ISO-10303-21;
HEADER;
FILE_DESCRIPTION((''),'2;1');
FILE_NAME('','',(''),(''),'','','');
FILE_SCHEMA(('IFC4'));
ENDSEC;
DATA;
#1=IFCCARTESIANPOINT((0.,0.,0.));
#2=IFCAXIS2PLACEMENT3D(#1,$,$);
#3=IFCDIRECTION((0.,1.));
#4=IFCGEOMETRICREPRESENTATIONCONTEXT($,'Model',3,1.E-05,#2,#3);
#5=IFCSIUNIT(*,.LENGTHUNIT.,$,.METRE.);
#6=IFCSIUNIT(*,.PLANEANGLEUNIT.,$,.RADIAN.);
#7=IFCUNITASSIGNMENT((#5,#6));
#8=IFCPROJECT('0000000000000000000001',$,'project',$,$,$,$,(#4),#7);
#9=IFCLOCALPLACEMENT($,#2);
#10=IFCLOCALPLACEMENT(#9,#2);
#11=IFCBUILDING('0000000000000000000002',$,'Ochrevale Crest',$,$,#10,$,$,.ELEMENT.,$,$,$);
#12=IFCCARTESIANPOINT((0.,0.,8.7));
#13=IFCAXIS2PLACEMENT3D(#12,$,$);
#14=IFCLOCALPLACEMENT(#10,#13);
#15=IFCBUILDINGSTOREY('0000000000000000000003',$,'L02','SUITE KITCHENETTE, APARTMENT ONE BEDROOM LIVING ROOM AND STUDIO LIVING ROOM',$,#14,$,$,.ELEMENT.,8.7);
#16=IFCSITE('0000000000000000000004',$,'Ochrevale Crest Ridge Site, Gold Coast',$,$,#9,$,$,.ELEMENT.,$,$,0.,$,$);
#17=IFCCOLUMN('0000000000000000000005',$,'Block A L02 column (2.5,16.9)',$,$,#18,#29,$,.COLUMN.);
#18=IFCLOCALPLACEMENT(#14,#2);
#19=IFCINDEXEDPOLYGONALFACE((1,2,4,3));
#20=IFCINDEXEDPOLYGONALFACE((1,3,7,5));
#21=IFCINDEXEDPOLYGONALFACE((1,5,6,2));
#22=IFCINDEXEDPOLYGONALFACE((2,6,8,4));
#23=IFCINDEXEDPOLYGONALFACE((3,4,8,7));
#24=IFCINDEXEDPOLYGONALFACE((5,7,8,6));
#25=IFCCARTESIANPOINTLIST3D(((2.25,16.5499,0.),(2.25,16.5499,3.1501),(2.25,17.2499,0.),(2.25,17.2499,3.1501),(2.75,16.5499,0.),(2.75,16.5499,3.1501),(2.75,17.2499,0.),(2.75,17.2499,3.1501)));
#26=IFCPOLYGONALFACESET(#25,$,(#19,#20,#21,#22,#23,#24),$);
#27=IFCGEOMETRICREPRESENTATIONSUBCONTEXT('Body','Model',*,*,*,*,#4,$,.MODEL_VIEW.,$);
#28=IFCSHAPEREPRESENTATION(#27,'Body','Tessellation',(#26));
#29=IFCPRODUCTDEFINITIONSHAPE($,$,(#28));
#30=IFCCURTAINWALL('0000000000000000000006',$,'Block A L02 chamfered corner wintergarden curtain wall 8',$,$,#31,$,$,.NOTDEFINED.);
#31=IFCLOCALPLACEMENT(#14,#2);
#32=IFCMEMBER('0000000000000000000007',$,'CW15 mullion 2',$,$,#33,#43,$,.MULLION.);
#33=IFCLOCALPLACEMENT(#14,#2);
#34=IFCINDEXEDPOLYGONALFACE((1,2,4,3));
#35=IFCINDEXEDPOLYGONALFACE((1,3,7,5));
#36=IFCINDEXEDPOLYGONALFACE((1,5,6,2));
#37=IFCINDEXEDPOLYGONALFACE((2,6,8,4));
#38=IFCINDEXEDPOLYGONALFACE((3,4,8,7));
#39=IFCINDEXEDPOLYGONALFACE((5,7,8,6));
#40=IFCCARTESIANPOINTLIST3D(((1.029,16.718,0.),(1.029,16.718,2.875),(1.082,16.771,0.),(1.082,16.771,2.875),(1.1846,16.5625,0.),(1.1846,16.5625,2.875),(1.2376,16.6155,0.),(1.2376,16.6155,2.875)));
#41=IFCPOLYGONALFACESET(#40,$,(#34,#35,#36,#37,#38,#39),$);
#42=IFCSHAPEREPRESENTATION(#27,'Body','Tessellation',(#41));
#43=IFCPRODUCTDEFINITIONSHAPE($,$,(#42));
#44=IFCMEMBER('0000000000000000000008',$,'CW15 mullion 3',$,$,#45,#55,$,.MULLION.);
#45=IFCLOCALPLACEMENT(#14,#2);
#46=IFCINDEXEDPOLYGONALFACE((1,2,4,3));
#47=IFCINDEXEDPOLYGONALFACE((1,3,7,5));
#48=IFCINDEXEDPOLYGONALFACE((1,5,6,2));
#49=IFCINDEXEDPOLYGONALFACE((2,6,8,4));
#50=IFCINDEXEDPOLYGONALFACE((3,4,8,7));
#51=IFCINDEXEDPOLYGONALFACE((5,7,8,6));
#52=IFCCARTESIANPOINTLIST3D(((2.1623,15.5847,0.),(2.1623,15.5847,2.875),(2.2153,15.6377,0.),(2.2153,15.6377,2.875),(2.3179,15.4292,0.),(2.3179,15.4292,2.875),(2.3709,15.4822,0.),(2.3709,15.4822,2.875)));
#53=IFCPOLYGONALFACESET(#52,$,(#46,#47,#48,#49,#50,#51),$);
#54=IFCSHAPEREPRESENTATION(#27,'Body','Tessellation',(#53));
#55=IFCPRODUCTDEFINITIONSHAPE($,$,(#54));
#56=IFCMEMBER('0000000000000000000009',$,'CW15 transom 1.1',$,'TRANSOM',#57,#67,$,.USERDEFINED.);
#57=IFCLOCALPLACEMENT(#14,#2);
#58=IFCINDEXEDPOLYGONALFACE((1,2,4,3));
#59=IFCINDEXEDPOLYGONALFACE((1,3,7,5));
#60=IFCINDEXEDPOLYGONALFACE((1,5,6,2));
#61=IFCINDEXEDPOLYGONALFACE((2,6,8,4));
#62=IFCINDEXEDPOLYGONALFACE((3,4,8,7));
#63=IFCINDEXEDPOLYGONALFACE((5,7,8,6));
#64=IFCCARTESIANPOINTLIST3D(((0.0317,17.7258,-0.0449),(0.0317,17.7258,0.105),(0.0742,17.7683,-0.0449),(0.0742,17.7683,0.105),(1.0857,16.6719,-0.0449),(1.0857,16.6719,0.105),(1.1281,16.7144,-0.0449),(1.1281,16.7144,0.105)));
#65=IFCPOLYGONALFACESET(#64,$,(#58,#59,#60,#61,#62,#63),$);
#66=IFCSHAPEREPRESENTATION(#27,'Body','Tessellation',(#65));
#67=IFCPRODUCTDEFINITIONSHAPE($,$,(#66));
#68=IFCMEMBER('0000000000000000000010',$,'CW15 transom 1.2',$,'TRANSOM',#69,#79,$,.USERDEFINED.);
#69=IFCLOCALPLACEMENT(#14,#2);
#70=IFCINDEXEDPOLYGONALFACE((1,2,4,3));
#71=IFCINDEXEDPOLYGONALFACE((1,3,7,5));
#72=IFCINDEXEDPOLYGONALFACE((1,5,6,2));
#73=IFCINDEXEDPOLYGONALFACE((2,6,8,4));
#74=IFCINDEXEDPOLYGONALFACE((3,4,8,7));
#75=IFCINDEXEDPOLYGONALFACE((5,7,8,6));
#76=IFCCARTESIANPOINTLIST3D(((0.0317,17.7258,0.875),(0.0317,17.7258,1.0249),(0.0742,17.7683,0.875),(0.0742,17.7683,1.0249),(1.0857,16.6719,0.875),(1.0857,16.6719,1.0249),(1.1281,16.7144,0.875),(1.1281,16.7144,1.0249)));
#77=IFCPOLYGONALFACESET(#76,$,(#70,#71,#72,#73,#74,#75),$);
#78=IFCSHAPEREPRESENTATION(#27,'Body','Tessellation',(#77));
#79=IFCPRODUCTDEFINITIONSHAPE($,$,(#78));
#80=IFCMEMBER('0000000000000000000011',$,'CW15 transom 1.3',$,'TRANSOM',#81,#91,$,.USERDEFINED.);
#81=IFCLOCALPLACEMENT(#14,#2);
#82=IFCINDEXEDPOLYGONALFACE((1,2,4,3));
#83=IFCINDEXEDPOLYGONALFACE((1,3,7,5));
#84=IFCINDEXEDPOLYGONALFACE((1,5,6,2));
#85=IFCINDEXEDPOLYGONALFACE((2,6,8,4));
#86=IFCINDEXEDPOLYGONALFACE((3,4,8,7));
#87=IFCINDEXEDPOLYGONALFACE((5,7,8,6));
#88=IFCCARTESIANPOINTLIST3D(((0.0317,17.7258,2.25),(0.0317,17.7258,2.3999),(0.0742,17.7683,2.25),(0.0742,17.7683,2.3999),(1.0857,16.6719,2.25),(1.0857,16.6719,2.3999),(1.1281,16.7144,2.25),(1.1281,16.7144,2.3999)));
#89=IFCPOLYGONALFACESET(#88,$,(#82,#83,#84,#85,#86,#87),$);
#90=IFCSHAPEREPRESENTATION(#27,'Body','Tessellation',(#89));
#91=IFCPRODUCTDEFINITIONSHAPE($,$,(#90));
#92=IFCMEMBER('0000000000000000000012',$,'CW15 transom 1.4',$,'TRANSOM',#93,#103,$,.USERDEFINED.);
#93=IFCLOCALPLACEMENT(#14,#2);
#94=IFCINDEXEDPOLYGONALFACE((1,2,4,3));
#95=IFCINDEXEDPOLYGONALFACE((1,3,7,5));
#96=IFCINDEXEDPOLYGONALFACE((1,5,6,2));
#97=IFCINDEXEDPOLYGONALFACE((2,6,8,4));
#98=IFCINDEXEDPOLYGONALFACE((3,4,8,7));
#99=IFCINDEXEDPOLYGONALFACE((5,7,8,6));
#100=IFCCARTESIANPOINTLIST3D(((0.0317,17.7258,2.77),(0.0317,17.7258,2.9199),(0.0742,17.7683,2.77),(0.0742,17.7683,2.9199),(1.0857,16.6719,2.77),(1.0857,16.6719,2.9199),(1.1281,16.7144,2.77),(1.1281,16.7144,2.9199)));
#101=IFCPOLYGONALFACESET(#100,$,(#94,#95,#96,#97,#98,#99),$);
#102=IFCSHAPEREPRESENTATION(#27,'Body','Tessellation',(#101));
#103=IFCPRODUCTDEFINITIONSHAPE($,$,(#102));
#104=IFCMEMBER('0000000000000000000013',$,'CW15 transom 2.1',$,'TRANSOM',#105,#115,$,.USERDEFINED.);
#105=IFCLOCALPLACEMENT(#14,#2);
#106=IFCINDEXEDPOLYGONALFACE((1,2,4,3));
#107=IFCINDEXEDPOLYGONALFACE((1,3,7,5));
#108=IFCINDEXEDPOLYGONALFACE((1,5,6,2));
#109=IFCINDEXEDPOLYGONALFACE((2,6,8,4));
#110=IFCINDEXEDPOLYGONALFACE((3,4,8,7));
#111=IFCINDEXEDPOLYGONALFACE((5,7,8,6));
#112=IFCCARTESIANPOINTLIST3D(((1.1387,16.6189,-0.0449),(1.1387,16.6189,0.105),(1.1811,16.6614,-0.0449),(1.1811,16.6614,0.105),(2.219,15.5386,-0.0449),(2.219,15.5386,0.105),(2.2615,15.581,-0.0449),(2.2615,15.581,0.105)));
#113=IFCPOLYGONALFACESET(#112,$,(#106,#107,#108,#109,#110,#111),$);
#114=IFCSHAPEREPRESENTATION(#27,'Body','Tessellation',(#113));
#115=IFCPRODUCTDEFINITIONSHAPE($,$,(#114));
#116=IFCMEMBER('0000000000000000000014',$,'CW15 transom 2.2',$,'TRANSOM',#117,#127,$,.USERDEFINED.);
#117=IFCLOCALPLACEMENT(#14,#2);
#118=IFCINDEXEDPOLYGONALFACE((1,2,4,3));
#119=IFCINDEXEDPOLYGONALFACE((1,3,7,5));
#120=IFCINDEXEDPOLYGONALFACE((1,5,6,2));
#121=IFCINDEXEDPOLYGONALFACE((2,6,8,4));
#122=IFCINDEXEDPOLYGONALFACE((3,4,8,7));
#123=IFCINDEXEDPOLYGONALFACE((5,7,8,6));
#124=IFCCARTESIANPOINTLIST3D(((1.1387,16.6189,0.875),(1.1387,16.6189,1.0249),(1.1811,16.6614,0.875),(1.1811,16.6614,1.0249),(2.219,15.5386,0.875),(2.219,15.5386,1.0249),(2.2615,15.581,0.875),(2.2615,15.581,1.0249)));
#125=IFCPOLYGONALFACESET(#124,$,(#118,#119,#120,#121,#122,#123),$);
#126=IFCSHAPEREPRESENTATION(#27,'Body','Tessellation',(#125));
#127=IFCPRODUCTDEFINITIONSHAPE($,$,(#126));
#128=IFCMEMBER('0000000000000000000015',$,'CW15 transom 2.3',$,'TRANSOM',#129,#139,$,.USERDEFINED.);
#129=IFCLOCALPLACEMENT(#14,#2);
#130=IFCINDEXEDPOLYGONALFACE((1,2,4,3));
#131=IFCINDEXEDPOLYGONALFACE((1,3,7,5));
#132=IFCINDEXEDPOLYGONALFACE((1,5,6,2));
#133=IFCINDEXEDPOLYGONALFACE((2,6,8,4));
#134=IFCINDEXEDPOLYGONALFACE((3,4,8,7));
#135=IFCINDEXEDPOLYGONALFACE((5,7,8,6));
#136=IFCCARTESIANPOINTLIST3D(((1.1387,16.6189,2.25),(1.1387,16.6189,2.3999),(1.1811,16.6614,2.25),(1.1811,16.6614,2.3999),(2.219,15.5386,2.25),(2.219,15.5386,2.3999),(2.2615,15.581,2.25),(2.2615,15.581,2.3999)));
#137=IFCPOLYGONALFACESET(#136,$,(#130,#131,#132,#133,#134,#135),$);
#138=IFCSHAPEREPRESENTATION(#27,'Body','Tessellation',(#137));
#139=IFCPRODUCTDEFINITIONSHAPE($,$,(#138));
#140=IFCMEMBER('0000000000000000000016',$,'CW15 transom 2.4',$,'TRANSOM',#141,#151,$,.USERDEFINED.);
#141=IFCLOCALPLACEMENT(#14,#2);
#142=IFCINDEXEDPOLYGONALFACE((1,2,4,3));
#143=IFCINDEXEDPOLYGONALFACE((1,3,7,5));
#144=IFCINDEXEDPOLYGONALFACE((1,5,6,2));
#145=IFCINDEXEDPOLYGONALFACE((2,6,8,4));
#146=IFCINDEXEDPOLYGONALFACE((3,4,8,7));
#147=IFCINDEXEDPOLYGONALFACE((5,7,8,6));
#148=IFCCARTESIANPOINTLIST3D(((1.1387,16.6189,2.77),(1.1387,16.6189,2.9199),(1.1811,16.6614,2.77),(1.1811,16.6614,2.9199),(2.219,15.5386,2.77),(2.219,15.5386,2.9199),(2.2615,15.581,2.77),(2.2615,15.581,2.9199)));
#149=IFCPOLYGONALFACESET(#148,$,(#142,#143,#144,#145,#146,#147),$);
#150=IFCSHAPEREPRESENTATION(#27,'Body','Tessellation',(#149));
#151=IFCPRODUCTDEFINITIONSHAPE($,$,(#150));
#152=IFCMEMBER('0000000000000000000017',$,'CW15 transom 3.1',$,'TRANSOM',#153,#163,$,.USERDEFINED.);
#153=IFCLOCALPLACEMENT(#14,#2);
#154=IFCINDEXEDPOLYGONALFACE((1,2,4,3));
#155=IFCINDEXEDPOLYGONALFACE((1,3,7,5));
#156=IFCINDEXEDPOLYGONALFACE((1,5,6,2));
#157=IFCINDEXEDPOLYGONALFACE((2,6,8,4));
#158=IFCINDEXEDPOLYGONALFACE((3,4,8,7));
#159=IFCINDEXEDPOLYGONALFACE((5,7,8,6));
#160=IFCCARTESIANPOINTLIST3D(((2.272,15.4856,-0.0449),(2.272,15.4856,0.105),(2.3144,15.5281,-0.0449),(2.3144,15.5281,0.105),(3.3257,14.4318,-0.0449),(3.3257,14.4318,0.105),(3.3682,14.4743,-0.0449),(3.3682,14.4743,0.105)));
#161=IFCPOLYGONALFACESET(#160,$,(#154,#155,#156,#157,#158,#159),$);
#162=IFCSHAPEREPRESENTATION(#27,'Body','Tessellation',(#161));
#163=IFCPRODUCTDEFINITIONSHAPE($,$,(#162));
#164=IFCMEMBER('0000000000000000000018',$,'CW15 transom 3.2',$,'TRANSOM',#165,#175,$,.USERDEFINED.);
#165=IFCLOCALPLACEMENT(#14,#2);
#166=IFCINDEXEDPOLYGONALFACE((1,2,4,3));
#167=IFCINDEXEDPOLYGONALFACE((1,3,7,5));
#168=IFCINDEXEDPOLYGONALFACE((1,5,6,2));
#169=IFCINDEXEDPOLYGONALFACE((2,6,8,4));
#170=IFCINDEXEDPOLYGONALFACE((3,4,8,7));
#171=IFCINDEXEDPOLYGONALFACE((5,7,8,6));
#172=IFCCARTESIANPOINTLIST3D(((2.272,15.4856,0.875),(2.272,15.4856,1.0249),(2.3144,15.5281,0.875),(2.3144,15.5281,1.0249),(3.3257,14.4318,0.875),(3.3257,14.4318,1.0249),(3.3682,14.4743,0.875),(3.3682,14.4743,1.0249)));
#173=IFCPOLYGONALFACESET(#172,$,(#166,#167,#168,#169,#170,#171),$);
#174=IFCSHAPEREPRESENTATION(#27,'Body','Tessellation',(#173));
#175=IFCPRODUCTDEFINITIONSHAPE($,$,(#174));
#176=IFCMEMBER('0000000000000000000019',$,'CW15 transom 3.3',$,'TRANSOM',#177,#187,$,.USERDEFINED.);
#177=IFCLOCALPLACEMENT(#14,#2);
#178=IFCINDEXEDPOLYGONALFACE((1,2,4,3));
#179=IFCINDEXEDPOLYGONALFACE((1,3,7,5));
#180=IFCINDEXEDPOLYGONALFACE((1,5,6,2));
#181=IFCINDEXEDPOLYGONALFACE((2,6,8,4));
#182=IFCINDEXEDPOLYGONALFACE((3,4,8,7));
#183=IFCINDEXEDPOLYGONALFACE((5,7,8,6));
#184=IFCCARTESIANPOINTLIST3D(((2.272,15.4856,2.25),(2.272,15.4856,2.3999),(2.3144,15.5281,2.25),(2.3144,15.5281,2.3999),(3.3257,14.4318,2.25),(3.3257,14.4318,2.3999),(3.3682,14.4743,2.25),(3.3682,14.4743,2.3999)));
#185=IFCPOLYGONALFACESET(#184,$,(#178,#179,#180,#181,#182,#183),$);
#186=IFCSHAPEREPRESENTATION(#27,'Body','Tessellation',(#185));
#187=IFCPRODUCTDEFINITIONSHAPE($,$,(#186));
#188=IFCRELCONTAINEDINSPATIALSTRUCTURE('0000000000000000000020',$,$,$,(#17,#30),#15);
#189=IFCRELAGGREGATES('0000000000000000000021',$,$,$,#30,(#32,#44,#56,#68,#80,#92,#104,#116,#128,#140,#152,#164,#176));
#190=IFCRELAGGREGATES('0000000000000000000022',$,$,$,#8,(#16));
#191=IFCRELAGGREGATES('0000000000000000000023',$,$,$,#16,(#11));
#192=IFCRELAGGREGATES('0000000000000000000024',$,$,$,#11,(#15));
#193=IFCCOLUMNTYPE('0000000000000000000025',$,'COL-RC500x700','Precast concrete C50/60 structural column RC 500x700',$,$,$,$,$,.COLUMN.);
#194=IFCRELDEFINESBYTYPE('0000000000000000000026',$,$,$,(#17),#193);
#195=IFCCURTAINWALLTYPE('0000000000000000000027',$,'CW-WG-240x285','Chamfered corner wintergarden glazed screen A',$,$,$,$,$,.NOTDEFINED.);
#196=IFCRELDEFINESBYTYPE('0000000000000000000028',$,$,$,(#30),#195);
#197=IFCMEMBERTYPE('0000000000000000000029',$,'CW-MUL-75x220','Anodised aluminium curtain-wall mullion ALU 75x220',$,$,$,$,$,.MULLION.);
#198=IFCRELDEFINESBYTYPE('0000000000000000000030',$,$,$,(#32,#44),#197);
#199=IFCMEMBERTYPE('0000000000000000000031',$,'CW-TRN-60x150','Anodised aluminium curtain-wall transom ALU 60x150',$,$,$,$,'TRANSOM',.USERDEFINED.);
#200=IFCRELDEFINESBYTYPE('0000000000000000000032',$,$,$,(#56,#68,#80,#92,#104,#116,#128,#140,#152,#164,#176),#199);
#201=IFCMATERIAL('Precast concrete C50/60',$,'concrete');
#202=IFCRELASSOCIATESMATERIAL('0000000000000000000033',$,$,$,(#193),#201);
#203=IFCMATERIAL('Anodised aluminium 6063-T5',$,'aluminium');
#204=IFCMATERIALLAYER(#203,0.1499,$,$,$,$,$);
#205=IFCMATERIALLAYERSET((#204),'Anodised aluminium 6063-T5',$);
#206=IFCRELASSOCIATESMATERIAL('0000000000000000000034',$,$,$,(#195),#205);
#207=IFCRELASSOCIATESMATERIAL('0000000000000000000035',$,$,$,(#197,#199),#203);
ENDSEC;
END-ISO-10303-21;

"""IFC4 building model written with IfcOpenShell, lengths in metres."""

from ifc_helpers import new_model, si_unit, direction, frame, origin, origin_2d, place, context, subcontext, project, spatial, rectangle, extrude, material, layer, layer_set, material_profile, profile_set, type_object, element, aggregate, save


model = new_model("IFC4")

# Units and contexts
model_context = context("Model", 3, precision=1e-05, world=origin(), true_north=direction((0.0, 1.0)))
body_context = subcontext(model_context, "Body", "Model", "MODEL_VIEW")
ifc_project = project(units=[si_unit("LENGTHUNIT", "METRE"), si_unit("PLANEANGLEUNIT", "RADIAN")], contexts=[model_context])

# Site, building, storey
site_placement = place(None, origin())
site = spatial("IfcSite", under=ifc_project, at=site_placement, Name="Ochrevale Crest Ridge Site, Gold Coast", CompositionType="ELEMENT", RefElevation=0.0)
building_placement = place(site_placement, origin())
building = spatial("IfcBuilding", under=site, at=building_placement, Name="Ochrevale Crest", CompositionType="ELEMENT")
storey_placement = place(building_placement, frame((0.0, 0.0, 8.7)))
storey = spatial("IfcBuildingStorey", under=building, at=storey_placement, Name="L02", Description="SUITE KITCHENETTE, APARTMENT ONE BEDROOM LIVING ROOM AND STUDIO LIVING ROOM", CompositionType="ELEMENT", Elevation=8.7)

# Column
ifc_material_1 = material(Name="Precast concrete C50/60", Category="concrete")
ifc_material_profile_1 = material_profile(ifc_material_1, rectangle(XDim=0.5, YDim=0.7, at=origin_2d()), Name="RC 500x700")
ifc_profile_set_1 = profile_set([ifc_material_profile_1], Name="Precast concrete C50/60")
column_type = type_object("IfcColumnType", Name="COL-RC500x700", Description="Precast concrete C50/60 structural column RC 500x700", PredefinedType="COLUMN", material=ifc_profile_set_1)
column_placement = place(storey_placement, frame((2.5, 16.8999, 0.0), z_axis=(0.0, 0.0, 1.0), x_axis=(1.0, 0.0, 0.0)))
element("IfcColumn", 1, at=column_placement, inside=storey, type_object=column_type, Name="Block A L02 column (2.5,16.9)", PredefinedType="COLUMN", context=body_context, shape_type="SweptSolid", body=[
    extrude(rectangle(XDim=0.5, YDim=0.7, at=origin_2d()), origin(), (0.0, 0.0, 1.0), 3.1501),
])

# Curtain wall, members
ifc_material_2 = material(Name="Anodised aluminium 6063-T5", Category="aluminium")
ifc_layer_1 = layer(ifc_material_2, 0.1499)
ifc_layer_set_1 = layer_set([ifc_layer_1], Name="Anodised aluminium 6063-T5")
curtain_wall_type = type_object("IfcCurtainWallType", Name="CW-WG-240x285", Description="Chamfered corner wintergarden glazed screen A", PredefinedType="NOTDEFINED", material=ifc_layer_set_1)
curtain_wall_placement = place(storey_placement, origin())
curtain_wall = element("IfcCurtainWall", 2, at=curtain_wall_placement, inside=storey, type_object=curtain_wall_type, Name="Block A L02 chamfered corner wintergarden curtain wall 8", PredefinedType="NOTDEFINED")
ifc_material_profile_2 = material_profile(ifc_material_2, rectangle(XDim=0.075, YDim=0.22, at=origin_2d()), Name="ALU 75x220")
ifc_profile_set_2 = profile_set([ifc_material_profile_2], Name="Anodised aluminium 6063-T5")
member_type_1 = type_object("IfcMemberType", Name="CW-MUL-75x220", Description="Anodised aluminium curtain-wall mullion ALU 75x220", PredefinedType="MULLION", material=ifc_profile_set_2)
member_1_placement = place(storey_placement, frame((1.1333, 16.6667, 0.0), z_axis=(0.0, 0.0, 1.0), x_axis=(0.707107, 0.707107, 0.0)))
member_1 = element("IfcMember", 3, at=member_1_placement, type_object=member_type_1, Name="CW15 mullion 2", PredefinedType="MULLION", context=body_context, shape_type="SweptSolid", body=[
    extrude(rectangle(XDim=0.075, YDim=0.22, at=origin_2d()), origin(), (0.0, 0.0, 1.0), 2.875),
])
member_2_placement = place(storey_placement, frame((2.2666, 15.5334, 0.0), z_axis=(0.0, 0.0, 1.0), x_axis=(0.707107, 0.707107, 0.0)))
member_2 = element("IfcMember", 4, at=member_2_placement, type_object=member_type_1, Name="CW15 mullion 3", PredefinedType="MULLION", context=body_context, shape_type="SweptSolid", body=[
    extrude(rectangle(XDim=0.075, YDim=0.22, at=origin_2d()), origin(), (0.0, 0.0, 1.0), 2.875),
])
ifc_material_profile_3 = material_profile(ifc_material_2, rectangle(XDim=0.0601, YDim=0.1499, at=origin_2d()), Name="ALU 60x150")
ifc_profile_set_3 = profile_set([ifc_material_profile_3], Name="Anodised aluminium 6063-T5")
member_type_2 = type_object("IfcMemberType", Name="CW-TRN-60x150", Description="Anodised aluminium curtain-wall transom ALU 60x150", ElementType="TRANSOM", PredefinedType="USERDEFINED", material=ifc_profile_set_3)
member_3_placement = place(storey_placement, frame((0.053, 17.7471, 0.03), z_axis=(0.707107, -0.707107, 0.0), x_axis=(0.707107, 0.707107, 0.0)))
member_3 = element("IfcMember", 5, at=member_3_placement, type_object=member_type_2, Name="CW15 transom 1.1", ObjectType="TRANSOM", PredefinedType="USERDEFINED", context=body_context, shape_type="SweptSolid", body=[
    extrude(rectangle(XDim=0.0601, YDim=0.1499, at=origin_2d()), origin(), (0.0, 0.0, 1.0), 1.4905),
])
member_4_placement = place(storey_placement, frame((0.053, 17.7471, 0.95), z_axis=(0.707107, -0.707107, 0.0), x_axis=(0.707107, 0.707107, 0.0)))
member_4 = element("IfcMember", 6, at=member_4_placement, type_object=member_type_2, Name="CW15 transom 1.2", ObjectType="TRANSOM", PredefinedType="USERDEFINED", context=body_context, shape_type="SweptSolid", body=[
    extrude(rectangle(XDim=0.0601, YDim=0.1499, at=origin_2d()), origin(), (0.0, 0.0, 1.0), 1.4905),
])
member_5_placement = place(storey_placement, frame((0.053, 17.7471, 2.325), z_axis=(0.707107, -0.707107, 0.0), x_axis=(0.707107, 0.707107, 0.0)))
member_5 = element("IfcMember", 7, at=member_5_placement, type_object=member_type_2, Name="CW15 transom 1.3", ObjectType="TRANSOM", PredefinedType="USERDEFINED", context=body_context, shape_type="SweptSolid", body=[
    extrude(rectangle(XDim=0.0601, YDim=0.1499, at=origin_2d()), origin(), (0.0, 0.0, 1.0), 1.4905),
])
member_6_placement = place(storey_placement, frame((0.053, 17.7471, 2.845), z_axis=(0.707107, -0.707107, 0.0), x_axis=(0.707107, 0.707107, 0.0)))
member_6 = element("IfcMember", 8, at=member_6_placement, type_object=member_type_2, Name="CW15 transom 1.4", ObjectType="TRANSOM", PredefinedType="USERDEFINED", context=body_context, shape_type="SweptSolid", body=[
    extrude(rectangle(XDim=0.0601, YDim=0.1499, at=origin_2d()), origin(), (0.0, 0.0, 1.0), 1.4905),
])
member_7_placement = place(storey_placement, frame((1.1599, 16.6401, 0.03), z_axis=(0.707107, -0.707107, 0.0), x_axis=(0.707107, 0.707107, 0.0)))
member_7 = element("IfcMember", 9, at=member_7_placement, type_object=member_type_2, Name="CW15 transom 2.1", ObjectType="TRANSOM", PredefinedType="USERDEFINED", context=body_context, shape_type="SweptSolid", body=[
    extrude(rectangle(XDim=0.0601, YDim=0.1499, at=origin_2d()), origin(), (0.0, 0.0, 1.0), 1.5278),
])
member_8_placement = place(storey_placement, frame((1.1599, 16.6401, 0.95), z_axis=(0.707107, -0.707107, 0.0), x_axis=(0.707107, 0.707107, 0.0)))
member_8 = element("IfcMember", 10, at=member_8_placement, type_object=member_type_2, Name="CW15 transom 2.2", ObjectType="TRANSOM", PredefinedType="USERDEFINED", context=body_context, shape_type="SweptSolid", body=[
    extrude(rectangle(XDim=0.0601, YDim=0.1499, at=origin_2d()), origin(), (0.0, 0.0, 1.0), 1.5278),
])
member_9_placement = place(storey_placement, frame((1.1599, 16.6401, 2.325), z_axis=(0.707107, -0.707107, 0.0), x_axis=(0.707107, 0.707107, 0.0)))
member_9 = element("IfcMember", 11, at=member_9_placement, type_object=member_type_2, Name="CW15 transom 2.3", ObjectType="TRANSOM", PredefinedType="USERDEFINED", context=body_context, shape_type="SweptSolid", body=[
    extrude(rectangle(XDim=0.0601, YDim=0.1499, at=origin_2d()), origin(), (0.0, 0.0, 1.0), 1.5278),
])
member_10_placement = place(storey_placement, frame((1.1599, 16.6401, 2.845), z_axis=(0.707107, -0.707107, 0.0), x_axis=(0.707107, 0.707107, 0.0)))
member_10 = element("IfcMember", 12, at=member_10_placement, type_object=member_type_2, Name="CW15 transom 2.4", ObjectType="TRANSOM", PredefinedType="USERDEFINED", context=body_context, shape_type="SweptSolid", body=[
    extrude(rectangle(XDim=0.0601, YDim=0.1499, at=origin_2d()), origin(), (0.0, 0.0, 1.0), 1.5278),
])
member_11_placement = place(storey_placement, frame((2.2932, 15.5068, 0.03), z_axis=(0.707107, -0.707107, 0.0), x_axis=(0.707107, 0.707107, 0.0)))
member_11 = element("IfcMember", 13, at=member_11_placement, type_object=member_type_2, Name="CW15 transom 3.1", ObjectType="TRANSOM", PredefinedType="USERDEFINED", context=body_context, shape_type="SweptSolid", body=[
    extrude(rectangle(XDim=0.0601, YDim=0.1499, at=origin_2d()), origin(), (0.0, 0.0, 1.0), 1.4902),
])
member_12_placement = place(storey_placement, frame((2.2932, 15.5068, 0.95), z_axis=(0.707107, -0.707107, 0.0), x_axis=(0.707107, 0.707107, 0.0)))
member_12 = element("IfcMember", 14, at=member_12_placement, type_object=member_type_2, Name="CW15 transom 3.2", ObjectType="TRANSOM", PredefinedType="USERDEFINED", context=body_context, shape_type="SweptSolid", body=[
    extrude(rectangle(XDim=0.0601, YDim=0.1499, at=origin_2d()), origin(), (0.0, 0.0, 1.0), 1.4902),
])
member_13_placement = place(storey_placement, frame((2.2932, 15.5068, 2.325), z_axis=(0.707107, -0.707107, 0.0), x_axis=(0.707107, 0.707107, 0.0)))
member_13 = element("IfcMember", 15, at=member_13_placement, type_object=member_type_2, Name="CW15 transom 3.3", ObjectType="TRANSOM", PredefinedType="USERDEFINED", context=body_context, shape_type="SweptSolid", body=[
    extrude(rectangle(XDim=0.0601, YDim=0.1499, at=origin_2d()), origin(), (0.0, 0.0, 1.0), 1.4902),
])
aggregate(curtain_wall, [member_1, member_2, member_3, member_4, member_5, member_6, member_7, member_8, member_9, member_10, member_11, member_12, member_13])

save(model, "model.ifc")
